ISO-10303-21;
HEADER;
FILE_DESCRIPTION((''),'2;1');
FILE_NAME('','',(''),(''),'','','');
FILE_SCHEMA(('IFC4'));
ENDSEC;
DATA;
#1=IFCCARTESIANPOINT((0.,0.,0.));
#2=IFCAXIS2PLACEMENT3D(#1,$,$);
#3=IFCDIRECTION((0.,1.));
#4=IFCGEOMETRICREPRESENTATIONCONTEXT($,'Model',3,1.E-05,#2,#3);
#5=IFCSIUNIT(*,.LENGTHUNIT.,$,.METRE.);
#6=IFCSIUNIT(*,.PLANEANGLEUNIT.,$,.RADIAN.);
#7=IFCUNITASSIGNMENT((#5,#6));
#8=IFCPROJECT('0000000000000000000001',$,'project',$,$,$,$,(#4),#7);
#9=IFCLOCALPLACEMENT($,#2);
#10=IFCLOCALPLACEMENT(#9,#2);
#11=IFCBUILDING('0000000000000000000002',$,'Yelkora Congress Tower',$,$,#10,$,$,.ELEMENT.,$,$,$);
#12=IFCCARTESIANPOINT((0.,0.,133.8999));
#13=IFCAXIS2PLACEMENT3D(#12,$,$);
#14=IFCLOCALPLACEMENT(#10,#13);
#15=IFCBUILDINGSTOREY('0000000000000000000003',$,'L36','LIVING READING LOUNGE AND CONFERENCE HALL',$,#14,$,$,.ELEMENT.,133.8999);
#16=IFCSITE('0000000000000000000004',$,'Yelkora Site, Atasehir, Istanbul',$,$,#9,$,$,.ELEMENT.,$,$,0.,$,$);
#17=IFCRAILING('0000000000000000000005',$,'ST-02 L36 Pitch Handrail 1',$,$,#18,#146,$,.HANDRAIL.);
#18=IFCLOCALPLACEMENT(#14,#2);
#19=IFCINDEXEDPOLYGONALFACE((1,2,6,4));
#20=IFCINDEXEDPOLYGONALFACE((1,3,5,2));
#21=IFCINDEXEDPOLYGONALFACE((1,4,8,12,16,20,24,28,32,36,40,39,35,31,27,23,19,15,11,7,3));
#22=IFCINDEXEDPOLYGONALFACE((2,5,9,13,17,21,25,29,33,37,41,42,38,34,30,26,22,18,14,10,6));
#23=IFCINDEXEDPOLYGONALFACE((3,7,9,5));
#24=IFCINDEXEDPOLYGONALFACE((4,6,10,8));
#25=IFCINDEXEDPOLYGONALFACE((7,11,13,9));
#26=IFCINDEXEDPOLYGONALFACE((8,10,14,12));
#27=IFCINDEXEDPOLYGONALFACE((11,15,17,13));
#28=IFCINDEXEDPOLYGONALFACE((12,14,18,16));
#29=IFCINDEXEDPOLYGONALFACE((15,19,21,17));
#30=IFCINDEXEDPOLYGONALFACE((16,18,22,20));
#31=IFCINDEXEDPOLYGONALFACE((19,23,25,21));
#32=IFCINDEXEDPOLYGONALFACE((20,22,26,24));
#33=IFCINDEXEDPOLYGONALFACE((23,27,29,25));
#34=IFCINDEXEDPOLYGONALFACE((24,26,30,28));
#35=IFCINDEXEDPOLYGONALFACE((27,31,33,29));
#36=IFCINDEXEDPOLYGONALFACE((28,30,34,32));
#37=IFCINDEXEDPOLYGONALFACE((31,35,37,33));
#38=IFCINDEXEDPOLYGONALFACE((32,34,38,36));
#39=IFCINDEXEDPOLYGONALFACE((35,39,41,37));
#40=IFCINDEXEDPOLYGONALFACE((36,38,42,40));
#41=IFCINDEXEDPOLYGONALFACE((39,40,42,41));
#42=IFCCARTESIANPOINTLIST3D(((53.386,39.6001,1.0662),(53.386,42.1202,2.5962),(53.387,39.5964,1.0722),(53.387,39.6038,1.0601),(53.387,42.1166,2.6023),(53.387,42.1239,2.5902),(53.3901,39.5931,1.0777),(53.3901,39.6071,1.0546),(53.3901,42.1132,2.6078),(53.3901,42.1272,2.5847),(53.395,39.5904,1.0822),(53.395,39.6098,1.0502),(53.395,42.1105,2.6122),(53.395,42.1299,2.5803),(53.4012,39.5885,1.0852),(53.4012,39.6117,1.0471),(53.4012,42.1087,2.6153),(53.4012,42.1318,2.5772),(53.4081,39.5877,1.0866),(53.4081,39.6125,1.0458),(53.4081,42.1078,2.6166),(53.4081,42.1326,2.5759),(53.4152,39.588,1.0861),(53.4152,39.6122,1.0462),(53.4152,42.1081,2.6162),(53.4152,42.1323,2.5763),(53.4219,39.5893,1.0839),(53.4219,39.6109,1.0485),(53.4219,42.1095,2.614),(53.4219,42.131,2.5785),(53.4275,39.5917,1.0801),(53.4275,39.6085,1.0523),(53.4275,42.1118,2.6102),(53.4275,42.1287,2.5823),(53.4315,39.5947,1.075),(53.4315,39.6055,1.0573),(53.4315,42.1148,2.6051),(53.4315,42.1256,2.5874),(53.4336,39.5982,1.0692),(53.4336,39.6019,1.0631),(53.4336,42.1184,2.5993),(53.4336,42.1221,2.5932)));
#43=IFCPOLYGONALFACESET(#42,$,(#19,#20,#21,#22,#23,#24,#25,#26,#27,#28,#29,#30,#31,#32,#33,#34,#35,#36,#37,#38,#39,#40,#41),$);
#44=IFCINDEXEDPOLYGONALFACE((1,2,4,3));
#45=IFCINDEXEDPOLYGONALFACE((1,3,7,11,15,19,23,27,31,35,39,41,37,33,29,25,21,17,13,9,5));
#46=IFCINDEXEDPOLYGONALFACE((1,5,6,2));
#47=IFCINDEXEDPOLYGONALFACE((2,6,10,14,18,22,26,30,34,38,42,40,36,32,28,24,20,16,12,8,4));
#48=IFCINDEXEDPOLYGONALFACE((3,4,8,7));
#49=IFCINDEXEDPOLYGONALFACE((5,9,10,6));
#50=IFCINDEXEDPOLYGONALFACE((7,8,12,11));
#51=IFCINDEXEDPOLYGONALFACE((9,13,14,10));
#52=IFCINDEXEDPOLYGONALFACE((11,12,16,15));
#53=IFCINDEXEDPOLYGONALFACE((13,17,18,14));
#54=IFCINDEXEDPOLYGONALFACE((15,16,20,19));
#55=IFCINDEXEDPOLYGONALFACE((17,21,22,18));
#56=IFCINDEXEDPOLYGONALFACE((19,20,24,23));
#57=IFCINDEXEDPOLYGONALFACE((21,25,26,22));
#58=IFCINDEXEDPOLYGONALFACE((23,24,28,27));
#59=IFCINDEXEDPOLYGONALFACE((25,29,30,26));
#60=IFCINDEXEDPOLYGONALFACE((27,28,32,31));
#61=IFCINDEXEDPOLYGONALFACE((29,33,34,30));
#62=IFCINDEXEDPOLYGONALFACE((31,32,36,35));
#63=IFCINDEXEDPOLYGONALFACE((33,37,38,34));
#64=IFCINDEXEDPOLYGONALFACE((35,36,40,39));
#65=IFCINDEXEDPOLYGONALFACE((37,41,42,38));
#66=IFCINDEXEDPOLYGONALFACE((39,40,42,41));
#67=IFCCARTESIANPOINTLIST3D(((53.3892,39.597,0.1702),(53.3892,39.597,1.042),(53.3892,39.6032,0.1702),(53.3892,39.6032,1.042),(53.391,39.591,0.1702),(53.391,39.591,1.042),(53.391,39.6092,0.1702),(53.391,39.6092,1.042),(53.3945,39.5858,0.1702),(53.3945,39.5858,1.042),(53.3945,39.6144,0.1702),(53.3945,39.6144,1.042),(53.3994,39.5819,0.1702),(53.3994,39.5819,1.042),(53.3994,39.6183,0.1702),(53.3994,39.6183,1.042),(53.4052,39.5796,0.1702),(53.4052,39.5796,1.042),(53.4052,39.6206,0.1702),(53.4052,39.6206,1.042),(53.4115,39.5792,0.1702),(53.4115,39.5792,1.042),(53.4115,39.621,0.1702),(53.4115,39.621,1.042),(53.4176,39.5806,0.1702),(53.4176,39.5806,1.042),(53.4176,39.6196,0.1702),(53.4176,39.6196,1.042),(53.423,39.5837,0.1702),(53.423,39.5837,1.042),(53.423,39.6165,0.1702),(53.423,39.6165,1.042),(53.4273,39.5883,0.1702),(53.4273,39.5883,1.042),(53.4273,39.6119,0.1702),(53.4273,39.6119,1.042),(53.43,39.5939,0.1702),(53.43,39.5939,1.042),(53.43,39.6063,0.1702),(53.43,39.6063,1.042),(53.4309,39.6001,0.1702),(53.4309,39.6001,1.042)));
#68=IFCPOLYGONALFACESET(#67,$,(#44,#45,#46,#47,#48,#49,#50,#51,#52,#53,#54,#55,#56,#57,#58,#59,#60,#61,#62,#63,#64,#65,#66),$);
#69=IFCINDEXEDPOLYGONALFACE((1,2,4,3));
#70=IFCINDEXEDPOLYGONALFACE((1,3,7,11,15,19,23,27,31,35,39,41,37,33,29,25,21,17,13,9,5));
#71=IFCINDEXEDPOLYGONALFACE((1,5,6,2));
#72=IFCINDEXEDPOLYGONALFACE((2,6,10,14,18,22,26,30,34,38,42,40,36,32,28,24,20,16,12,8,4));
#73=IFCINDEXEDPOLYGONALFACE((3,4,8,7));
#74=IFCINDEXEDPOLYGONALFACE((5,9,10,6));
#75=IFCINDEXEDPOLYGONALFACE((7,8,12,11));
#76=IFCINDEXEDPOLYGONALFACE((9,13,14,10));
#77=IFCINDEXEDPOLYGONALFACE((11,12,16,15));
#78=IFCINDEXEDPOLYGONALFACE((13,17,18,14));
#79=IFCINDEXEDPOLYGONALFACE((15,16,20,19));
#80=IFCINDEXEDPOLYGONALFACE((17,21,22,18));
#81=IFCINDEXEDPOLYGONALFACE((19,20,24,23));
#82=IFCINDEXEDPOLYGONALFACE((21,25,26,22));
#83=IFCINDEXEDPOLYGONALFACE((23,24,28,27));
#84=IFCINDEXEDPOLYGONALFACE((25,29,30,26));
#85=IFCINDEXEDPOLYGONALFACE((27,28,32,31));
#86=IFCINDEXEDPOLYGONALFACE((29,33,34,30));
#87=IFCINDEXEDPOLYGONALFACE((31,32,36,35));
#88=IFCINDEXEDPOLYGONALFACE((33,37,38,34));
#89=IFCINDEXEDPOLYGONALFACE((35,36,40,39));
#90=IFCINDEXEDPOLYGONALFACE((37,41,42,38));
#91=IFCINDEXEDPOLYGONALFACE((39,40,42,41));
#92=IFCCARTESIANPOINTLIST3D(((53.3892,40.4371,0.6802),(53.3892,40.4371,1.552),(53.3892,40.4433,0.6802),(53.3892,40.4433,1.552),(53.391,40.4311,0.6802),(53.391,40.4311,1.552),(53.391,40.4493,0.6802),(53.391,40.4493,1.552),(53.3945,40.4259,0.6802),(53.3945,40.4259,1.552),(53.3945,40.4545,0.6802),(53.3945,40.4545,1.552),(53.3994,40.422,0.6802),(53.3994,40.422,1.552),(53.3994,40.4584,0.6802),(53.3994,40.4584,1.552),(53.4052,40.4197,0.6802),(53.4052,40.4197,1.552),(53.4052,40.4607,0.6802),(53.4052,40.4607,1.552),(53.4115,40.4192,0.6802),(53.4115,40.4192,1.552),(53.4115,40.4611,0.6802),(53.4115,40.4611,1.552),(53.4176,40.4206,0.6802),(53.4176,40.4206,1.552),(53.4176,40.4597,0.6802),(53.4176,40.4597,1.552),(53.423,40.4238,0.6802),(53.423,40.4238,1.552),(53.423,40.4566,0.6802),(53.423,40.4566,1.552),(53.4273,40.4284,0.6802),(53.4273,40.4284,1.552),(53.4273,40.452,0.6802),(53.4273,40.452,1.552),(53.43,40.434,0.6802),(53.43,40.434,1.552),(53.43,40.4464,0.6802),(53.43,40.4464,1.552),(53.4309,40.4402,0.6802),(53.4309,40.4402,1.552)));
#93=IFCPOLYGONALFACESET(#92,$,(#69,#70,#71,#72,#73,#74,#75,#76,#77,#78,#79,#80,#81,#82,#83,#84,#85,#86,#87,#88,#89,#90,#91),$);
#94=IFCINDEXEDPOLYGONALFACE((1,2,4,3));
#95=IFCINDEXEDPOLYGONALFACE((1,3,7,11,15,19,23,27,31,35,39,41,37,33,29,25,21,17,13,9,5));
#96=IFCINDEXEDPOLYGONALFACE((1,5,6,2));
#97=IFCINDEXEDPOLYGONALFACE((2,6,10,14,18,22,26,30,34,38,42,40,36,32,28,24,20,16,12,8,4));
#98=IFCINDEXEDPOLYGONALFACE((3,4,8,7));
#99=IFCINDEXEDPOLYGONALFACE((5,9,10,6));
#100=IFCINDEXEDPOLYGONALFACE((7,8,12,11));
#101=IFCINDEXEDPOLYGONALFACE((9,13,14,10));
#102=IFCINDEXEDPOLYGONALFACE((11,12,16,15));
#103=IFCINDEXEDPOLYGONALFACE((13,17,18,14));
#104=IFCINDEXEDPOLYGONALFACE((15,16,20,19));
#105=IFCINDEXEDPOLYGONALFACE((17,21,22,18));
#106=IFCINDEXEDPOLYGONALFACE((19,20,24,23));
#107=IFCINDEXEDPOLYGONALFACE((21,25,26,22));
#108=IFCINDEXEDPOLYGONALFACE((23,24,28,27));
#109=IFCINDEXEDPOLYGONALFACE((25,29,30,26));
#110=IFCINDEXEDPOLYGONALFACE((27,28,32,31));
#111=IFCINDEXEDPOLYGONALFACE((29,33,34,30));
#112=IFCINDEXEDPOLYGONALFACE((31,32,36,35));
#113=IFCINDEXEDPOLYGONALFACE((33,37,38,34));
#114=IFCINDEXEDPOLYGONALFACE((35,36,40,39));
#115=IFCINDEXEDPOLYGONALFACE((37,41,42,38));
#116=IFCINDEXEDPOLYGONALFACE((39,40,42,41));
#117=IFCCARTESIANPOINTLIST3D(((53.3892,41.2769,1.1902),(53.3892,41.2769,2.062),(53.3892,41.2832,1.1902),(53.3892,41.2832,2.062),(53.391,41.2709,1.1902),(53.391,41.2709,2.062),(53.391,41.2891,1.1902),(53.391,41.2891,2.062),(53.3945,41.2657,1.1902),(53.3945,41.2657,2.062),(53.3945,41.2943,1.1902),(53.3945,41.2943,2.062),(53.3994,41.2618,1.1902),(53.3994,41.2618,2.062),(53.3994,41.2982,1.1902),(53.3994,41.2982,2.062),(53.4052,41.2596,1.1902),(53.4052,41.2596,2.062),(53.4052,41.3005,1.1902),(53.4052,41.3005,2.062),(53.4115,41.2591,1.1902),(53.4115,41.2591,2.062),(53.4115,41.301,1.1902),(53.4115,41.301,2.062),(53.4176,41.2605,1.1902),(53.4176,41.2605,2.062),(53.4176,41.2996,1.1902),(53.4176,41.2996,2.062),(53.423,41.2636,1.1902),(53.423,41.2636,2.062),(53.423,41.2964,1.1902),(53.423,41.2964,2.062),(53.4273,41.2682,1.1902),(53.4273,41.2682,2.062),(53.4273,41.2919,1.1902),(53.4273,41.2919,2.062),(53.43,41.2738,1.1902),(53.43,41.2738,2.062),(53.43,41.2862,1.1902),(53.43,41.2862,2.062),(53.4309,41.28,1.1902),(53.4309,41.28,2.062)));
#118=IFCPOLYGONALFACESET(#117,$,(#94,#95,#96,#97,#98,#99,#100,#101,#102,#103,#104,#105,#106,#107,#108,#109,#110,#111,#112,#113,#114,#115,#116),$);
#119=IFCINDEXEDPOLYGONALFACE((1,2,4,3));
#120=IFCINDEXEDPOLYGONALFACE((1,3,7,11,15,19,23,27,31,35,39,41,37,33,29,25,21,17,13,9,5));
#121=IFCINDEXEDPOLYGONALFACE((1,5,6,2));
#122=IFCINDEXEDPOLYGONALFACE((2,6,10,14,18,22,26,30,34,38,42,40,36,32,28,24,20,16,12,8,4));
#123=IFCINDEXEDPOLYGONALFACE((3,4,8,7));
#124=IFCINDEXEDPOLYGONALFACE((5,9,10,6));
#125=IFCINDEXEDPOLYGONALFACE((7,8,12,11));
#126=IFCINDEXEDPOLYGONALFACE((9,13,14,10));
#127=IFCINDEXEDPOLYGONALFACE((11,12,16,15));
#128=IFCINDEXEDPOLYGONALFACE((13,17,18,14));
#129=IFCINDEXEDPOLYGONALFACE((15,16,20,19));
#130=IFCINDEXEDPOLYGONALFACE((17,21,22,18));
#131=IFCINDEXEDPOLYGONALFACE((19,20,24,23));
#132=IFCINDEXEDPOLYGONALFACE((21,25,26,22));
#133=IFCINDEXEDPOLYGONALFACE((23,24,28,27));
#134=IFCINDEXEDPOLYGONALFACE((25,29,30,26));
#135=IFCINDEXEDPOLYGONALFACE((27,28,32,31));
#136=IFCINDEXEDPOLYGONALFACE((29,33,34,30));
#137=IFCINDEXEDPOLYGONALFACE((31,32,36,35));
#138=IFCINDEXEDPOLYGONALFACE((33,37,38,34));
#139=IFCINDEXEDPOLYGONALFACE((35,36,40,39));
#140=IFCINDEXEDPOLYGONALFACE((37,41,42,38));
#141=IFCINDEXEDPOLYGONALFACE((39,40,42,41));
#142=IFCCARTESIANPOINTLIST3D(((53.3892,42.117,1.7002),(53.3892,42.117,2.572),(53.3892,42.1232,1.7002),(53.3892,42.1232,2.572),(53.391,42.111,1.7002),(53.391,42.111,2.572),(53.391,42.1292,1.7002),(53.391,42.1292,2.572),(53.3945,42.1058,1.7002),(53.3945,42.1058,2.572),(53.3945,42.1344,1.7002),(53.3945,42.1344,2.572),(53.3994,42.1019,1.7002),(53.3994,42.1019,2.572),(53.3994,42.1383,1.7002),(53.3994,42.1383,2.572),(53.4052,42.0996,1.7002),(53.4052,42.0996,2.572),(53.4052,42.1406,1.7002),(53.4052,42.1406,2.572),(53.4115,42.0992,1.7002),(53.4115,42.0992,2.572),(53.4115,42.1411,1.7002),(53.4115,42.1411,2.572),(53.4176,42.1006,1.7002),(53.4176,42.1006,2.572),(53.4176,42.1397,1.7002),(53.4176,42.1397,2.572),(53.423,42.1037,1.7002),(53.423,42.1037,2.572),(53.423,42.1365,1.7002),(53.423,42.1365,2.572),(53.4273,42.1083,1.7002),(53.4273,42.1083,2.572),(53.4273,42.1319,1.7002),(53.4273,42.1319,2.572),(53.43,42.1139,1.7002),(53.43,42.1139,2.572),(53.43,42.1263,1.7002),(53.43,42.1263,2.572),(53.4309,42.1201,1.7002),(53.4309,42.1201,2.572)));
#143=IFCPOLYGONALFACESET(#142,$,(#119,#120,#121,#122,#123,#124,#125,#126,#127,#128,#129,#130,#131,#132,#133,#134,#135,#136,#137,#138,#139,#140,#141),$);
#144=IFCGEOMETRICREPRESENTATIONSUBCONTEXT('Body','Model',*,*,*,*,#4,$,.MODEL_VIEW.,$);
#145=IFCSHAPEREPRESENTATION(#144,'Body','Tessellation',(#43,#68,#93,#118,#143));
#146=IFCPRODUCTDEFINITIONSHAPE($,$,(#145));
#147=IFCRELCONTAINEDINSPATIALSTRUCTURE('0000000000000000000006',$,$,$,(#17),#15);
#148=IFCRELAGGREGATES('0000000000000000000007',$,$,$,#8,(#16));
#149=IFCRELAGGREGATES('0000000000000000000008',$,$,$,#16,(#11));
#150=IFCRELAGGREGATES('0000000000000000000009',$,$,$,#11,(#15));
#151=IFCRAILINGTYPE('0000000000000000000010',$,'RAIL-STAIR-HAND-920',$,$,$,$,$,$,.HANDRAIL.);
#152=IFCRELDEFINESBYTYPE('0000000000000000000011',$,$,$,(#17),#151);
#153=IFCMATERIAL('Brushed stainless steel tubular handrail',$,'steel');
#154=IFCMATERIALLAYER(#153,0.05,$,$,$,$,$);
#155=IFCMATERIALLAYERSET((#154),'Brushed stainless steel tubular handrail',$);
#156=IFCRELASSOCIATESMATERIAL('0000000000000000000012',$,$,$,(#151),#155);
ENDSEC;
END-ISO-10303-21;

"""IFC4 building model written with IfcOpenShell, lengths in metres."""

from ifc_helpers import new_model, si_unit, direction, frame, origin, origin_2d, place, context, subcontext, project, spatial, circle, extrude, material, layer, layer_set, type_object, element, save


model = new_model("IFC4")

# Units and contexts
model_context = context("Model", 3, precision=1e-05, world=origin(), true_north=direction((0.0, 1.0)))
body_context = subcontext(model_context, "Body", "Model", "MODEL_VIEW")
ifc_project = project(units=[si_unit("LENGTHUNIT", "METRE"), si_unit("PLANEANGLEUNIT", "RADIAN")], contexts=[model_context])

# Site, building, storey
site_placement = place(None, origin())
site = spatial("IfcSite", under=ifc_project, at=site_placement, Name="Yelkora Site, Atasehir, Istanbul", CompositionType="ELEMENT", RefElevation=0.0)
building_placement = place(site_placement, origin())
building = spatial("IfcBuilding", under=site, at=building_placement, Name="Yelkora Congress Tower", CompositionType="ELEMENT")
storey_placement = place(building_placement, frame((0.0, 0.0, 133.8999)))
storey = spatial("IfcBuildingStorey", under=building, at=storey_placement, Name="L36", Description="LIVING READING LOUNGE AND CONFERENCE HALL", CompositionType="ELEMENT", Elevation=133.8999)

# Railing
ifc_material_1 = material(Name="Brushed stainless steel tubular handrail", Category="steel")
ifc_layer_1 = layer(ifc_material_1, 0.05)
ifc_layer_set_1 = layer_set([ifc_layer_1], Name="Brushed stainless steel tubular handrail")
railing_type_1 = type_object("IfcRailingType", Name="RAIL-STAIR-HAND-920", PredefinedType="HANDRAIL", material=ifc_layer_set_1)
railing_1_placement = place(storey_placement, frame((53.4099, 39.6001, 0.1702)))
element("IfcRailing", 1, at=railing_1_placement, inside=storey, type_object=railing_type_1, Name="ST-02 L36 Pitch Handrail 1", PredefinedType="HANDRAIL", context=body_context, shape_type="SweptSolid", body=[
    extrude(circle(Radius=0.0239, at=origin_2d()), frame((0.0, 0.0, 0.896), z_axis=(0.0, 0.854785, 0.518982), x_axis=(-1.0, 0.0, 0.0)), (0.0, 0.0, 1.0), 2.9482),
    extrude(circle(Radius=0.021, at=origin_2d()), origin(), (0.0, 0.0, 1.0), 0.8718),
    extrude(circle(Radius=0.021, at=origin_2d()), frame((0.0, 0.8401, 0.51)), (0.0, 0.0, 1.0), 0.8718),
    extrude(circle(Radius=0.021, at=origin_2d()), frame((0.0, 1.6799, 1.02)), (0.0, 0.0, 1.0), 0.8718),
    extrude(circle(Radius=0.021, at=origin_2d()), frame((0.0, 2.52, 1.53)), (0.0, 0.0, 1.0), 0.8718),
])

save(model, "model.ifc")
